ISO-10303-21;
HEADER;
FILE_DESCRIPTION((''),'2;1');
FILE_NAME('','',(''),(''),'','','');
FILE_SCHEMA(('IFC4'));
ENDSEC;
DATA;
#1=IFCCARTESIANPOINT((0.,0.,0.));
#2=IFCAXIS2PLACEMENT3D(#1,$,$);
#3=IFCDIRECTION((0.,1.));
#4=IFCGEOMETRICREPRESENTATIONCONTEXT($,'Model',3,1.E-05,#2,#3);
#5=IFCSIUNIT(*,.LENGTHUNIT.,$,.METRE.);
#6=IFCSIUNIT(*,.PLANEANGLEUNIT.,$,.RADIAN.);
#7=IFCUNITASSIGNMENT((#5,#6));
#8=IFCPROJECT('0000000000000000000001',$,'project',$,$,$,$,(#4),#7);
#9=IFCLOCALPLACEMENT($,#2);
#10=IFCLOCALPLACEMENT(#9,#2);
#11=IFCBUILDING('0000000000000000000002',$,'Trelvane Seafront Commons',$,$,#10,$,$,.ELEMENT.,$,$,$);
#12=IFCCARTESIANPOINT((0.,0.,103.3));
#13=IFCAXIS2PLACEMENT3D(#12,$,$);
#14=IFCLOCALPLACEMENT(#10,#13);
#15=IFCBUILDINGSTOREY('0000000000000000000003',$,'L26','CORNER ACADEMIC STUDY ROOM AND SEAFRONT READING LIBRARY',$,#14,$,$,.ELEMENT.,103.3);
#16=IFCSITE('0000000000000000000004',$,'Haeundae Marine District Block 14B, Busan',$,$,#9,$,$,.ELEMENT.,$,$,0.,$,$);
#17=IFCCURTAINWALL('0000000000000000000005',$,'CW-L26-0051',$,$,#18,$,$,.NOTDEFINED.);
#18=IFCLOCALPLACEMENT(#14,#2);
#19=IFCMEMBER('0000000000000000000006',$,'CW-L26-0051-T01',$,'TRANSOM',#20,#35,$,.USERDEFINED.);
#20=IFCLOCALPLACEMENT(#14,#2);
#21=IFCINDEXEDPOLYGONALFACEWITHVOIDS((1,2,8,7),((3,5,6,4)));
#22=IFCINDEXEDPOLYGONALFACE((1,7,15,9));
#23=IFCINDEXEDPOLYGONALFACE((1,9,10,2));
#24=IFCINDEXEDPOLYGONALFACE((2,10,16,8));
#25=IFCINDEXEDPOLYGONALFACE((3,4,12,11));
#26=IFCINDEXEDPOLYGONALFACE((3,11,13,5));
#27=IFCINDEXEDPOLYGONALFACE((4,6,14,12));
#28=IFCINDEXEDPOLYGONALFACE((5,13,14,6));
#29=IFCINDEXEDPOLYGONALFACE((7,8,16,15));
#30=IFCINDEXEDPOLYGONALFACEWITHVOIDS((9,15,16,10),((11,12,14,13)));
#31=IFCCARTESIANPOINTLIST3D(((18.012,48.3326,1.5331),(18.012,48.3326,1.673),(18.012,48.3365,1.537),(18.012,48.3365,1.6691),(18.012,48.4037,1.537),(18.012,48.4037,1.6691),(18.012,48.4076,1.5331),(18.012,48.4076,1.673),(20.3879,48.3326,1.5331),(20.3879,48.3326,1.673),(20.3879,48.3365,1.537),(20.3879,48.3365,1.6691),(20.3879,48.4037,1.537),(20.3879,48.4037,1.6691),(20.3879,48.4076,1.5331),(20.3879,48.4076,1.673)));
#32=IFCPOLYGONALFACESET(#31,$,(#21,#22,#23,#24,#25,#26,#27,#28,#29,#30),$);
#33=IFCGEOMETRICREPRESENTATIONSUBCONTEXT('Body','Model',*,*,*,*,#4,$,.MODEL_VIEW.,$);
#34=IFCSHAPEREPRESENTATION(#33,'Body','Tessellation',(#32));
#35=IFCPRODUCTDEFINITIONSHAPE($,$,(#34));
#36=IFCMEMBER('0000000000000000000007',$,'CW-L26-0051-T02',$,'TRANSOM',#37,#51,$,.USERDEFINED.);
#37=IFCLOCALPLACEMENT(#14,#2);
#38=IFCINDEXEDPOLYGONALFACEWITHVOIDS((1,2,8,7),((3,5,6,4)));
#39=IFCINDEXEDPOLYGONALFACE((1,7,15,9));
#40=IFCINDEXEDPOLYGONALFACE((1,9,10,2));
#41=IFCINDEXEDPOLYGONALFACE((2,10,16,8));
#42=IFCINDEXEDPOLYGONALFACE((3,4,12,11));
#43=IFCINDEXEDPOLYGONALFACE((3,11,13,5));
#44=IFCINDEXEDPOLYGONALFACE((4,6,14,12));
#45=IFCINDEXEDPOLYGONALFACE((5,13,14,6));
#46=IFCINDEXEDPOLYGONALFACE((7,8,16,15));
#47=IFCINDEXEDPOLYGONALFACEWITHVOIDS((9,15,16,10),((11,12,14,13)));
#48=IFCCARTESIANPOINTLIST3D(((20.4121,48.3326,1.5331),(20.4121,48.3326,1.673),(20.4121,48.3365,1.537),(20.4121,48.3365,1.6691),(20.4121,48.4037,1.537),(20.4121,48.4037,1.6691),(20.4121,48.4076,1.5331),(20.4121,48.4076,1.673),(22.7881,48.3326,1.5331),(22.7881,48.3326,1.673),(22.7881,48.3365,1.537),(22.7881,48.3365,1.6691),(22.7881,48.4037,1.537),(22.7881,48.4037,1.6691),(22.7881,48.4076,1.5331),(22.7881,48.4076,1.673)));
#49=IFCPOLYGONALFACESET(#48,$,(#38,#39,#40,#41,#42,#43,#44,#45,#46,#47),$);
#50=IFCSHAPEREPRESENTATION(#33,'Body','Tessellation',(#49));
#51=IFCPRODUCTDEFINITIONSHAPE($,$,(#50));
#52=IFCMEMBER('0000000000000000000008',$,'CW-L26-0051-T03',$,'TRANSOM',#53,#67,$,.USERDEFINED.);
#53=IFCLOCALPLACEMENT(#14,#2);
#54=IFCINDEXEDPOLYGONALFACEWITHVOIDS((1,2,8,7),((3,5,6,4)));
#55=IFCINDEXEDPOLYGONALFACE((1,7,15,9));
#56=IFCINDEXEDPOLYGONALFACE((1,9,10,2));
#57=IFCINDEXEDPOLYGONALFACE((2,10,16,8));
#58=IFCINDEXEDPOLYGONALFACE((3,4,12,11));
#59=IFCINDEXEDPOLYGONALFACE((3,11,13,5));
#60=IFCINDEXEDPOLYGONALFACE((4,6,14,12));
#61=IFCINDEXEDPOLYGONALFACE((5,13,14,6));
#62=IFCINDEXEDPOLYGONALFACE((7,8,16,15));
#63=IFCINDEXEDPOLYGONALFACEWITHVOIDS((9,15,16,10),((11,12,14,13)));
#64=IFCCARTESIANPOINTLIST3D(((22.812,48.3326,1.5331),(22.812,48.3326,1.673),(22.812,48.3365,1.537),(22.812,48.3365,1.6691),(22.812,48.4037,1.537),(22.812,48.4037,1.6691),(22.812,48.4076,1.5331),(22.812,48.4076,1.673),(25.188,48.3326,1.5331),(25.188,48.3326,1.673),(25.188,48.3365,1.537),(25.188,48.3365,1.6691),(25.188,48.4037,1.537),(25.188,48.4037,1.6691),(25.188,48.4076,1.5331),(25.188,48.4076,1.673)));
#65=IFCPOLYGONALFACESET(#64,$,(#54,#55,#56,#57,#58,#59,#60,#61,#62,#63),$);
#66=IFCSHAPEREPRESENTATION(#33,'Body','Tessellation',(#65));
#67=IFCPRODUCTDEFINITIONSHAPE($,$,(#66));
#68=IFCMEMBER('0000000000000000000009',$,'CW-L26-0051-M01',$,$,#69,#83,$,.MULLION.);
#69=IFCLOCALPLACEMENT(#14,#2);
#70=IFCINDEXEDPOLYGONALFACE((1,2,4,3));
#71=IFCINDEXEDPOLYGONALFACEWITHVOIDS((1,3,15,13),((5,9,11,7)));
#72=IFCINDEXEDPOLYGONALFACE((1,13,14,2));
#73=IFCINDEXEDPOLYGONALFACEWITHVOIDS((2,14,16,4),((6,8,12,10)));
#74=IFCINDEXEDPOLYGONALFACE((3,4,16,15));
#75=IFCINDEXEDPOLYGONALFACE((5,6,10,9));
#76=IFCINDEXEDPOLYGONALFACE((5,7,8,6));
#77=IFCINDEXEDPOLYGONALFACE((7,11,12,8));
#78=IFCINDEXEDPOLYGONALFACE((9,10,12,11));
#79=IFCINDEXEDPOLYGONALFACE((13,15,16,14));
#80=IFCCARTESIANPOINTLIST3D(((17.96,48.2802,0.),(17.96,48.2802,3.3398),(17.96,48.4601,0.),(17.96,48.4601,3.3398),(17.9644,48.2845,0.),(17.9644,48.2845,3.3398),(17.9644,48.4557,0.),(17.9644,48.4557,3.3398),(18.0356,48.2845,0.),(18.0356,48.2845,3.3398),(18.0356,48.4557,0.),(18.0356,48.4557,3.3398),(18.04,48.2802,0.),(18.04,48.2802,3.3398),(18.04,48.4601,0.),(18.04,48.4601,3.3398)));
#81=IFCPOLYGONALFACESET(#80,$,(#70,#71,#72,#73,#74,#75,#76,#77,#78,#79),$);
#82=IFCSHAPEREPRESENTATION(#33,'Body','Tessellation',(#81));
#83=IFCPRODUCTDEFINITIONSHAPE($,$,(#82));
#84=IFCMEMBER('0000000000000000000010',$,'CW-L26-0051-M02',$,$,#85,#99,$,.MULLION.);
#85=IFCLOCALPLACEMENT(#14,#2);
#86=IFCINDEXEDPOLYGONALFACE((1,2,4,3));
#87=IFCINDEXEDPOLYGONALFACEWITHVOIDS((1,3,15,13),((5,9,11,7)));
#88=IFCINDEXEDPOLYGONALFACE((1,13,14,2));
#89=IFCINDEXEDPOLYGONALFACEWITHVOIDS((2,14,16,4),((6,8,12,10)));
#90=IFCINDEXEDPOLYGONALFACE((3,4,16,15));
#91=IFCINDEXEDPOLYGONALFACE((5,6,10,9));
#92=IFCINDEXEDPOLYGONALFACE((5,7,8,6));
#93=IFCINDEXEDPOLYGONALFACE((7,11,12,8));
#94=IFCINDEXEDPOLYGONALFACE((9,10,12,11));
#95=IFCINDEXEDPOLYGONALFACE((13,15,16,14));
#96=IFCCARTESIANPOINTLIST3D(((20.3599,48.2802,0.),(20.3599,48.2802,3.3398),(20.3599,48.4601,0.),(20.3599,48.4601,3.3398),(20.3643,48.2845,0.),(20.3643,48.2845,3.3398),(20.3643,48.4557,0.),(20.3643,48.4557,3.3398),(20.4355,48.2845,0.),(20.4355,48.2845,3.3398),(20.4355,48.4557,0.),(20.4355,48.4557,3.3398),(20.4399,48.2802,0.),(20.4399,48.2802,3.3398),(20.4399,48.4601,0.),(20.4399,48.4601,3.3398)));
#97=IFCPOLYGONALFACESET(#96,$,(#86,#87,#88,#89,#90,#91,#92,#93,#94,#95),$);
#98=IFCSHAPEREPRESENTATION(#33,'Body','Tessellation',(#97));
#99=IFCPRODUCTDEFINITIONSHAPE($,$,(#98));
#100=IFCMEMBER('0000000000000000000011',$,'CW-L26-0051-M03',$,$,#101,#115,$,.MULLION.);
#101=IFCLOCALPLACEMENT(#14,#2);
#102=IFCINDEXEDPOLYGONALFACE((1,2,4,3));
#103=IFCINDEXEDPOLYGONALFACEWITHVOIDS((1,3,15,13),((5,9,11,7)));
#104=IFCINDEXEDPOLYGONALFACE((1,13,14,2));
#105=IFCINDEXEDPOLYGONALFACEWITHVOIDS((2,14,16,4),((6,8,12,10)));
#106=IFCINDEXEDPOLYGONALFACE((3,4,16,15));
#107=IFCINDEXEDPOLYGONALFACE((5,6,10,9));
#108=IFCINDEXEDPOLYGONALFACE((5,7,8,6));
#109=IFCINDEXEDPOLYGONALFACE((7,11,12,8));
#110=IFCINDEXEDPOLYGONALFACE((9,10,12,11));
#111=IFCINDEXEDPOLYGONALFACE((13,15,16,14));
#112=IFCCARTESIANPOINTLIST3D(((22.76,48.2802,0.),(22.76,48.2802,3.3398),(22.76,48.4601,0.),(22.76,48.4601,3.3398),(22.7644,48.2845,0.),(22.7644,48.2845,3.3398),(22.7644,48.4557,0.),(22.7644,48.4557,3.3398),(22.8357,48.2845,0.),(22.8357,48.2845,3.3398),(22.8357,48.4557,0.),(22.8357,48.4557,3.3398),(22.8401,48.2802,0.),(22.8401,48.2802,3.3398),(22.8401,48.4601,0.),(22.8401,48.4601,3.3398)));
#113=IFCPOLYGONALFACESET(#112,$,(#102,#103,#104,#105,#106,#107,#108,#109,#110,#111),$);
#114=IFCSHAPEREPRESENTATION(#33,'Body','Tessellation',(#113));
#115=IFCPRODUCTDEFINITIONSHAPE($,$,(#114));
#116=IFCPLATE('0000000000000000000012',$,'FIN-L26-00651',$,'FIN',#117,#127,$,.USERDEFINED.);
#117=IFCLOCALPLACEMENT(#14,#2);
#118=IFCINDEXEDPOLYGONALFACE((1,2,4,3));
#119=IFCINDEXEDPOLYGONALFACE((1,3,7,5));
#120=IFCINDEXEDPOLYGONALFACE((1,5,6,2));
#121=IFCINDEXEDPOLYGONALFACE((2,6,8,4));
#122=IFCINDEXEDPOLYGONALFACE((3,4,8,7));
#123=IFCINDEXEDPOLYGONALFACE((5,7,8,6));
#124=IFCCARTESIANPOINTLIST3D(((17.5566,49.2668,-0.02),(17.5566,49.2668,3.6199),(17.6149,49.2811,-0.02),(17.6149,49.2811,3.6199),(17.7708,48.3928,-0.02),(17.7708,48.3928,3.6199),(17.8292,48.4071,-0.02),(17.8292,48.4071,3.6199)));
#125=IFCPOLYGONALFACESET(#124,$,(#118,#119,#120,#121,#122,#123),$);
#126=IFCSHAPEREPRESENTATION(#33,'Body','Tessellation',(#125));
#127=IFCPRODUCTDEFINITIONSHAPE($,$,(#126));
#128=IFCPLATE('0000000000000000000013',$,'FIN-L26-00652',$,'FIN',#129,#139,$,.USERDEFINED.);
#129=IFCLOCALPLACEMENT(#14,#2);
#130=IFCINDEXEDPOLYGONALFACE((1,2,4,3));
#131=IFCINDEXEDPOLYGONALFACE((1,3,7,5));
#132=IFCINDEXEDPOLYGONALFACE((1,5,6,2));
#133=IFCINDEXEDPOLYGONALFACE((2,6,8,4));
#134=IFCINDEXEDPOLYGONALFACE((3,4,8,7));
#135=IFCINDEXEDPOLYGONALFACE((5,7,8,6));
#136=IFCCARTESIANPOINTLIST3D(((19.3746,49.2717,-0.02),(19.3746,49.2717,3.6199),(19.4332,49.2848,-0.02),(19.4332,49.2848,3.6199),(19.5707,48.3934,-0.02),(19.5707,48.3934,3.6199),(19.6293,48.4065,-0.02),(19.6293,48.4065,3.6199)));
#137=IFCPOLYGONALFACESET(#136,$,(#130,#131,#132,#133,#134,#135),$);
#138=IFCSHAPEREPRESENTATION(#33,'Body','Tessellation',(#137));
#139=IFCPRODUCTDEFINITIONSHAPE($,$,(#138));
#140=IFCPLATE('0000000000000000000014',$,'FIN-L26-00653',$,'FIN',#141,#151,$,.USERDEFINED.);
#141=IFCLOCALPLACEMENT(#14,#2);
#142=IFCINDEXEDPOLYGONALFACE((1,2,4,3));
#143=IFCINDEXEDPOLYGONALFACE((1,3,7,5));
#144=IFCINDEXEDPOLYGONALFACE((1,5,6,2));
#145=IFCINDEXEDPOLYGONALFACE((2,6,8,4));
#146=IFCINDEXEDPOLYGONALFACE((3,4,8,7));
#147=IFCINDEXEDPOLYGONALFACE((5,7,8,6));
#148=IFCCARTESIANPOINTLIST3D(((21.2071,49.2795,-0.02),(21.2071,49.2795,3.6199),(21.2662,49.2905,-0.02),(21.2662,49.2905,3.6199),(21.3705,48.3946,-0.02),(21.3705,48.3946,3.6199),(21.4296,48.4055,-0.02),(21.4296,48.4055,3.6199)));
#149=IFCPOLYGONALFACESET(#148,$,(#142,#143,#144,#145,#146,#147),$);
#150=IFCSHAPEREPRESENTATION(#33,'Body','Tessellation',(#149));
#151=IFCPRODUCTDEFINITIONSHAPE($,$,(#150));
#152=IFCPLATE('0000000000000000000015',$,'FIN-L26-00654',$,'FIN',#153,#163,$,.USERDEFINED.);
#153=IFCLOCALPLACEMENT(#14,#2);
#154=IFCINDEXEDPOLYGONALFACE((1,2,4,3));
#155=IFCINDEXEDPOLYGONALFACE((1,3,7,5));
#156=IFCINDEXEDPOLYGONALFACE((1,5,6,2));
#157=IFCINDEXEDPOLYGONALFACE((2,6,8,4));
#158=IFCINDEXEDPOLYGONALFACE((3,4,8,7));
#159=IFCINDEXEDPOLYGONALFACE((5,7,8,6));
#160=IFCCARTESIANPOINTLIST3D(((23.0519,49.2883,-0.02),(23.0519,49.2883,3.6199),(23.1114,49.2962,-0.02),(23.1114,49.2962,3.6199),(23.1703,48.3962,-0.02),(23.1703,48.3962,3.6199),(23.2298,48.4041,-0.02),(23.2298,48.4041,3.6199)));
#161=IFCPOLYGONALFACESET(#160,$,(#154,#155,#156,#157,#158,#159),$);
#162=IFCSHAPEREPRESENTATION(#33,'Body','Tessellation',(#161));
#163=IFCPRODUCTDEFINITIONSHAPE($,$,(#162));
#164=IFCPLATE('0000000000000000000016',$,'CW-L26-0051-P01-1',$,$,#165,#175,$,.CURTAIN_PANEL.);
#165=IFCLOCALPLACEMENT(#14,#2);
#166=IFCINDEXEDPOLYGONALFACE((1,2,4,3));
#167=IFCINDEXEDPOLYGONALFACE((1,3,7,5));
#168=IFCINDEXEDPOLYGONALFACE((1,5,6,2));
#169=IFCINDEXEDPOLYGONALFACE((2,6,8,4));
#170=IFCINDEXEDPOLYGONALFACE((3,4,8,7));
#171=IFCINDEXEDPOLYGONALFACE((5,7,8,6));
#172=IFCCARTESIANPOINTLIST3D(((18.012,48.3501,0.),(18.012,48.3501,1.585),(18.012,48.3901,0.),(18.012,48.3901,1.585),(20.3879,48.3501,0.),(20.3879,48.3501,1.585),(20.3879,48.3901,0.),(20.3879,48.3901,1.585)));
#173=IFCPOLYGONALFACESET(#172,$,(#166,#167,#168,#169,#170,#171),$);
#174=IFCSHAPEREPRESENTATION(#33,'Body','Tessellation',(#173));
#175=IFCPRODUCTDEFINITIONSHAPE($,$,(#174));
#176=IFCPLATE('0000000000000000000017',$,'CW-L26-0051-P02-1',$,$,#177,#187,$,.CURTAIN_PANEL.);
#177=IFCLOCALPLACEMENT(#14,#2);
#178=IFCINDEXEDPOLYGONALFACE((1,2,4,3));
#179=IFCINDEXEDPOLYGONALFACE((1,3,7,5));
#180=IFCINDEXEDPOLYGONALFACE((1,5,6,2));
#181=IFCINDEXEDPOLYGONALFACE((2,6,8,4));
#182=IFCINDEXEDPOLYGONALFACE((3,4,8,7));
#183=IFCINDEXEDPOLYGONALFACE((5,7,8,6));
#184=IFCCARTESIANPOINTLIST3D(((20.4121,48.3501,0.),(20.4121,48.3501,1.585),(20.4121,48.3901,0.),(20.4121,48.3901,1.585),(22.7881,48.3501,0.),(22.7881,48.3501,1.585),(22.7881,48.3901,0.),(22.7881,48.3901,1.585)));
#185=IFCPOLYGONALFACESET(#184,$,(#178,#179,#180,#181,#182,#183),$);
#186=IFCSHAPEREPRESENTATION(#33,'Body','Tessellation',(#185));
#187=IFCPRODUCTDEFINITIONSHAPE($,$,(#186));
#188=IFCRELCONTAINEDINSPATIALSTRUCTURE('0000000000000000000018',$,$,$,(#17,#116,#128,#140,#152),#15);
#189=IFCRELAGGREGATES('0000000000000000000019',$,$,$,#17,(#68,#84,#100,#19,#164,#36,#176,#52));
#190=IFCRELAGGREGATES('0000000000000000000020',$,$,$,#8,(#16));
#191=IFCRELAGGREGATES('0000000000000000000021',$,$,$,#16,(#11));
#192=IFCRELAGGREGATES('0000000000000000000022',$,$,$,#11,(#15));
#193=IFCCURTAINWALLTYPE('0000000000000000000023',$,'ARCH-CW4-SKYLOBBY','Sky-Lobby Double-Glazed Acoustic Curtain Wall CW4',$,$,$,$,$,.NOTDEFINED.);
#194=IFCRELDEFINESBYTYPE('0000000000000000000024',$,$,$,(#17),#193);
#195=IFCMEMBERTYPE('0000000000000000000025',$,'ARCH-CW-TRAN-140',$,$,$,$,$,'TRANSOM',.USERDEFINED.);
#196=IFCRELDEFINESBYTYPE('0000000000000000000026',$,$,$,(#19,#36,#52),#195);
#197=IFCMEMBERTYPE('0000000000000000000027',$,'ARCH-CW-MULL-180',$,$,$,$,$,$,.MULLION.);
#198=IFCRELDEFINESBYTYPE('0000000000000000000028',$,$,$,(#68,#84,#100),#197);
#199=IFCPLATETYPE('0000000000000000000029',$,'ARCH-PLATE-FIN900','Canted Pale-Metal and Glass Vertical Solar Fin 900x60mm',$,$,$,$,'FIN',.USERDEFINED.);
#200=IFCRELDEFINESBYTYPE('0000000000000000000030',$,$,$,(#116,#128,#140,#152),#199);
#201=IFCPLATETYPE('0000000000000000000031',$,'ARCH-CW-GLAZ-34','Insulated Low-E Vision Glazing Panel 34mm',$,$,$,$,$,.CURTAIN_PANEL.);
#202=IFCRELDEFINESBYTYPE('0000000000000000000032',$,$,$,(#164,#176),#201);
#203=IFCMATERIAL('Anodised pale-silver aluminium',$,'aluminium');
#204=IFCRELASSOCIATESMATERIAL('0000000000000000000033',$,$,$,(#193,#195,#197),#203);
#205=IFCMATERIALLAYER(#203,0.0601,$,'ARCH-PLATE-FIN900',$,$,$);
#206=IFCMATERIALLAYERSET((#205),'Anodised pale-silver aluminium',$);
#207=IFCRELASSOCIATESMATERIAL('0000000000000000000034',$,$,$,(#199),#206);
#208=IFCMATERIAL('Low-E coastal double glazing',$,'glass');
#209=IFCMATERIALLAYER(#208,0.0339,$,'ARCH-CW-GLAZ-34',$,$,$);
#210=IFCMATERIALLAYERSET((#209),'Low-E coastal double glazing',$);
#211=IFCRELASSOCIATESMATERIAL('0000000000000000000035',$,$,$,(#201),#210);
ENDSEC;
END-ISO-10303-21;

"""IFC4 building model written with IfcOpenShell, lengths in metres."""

from ifc_helpers import new_model, si_unit, direction, frame, origin, origin_2d, place, context, subcontext, project, spatial, rectangle, hollow_rectangle, extrude, source, transform, mapped, material, layer, layer_set, material_profile, profile_set, type_object, element, aggregate, save


model = new_model("IFC4")

# Units and contexts
model_context = context("Model", 3, precision=1e-05, world=origin(), true_north=direction((0.0, 1.0)))
body_context = subcontext(model_context, "Body", "Model", "MODEL_VIEW")
ifc_project = project(units=[si_unit("LENGTHUNIT", "METRE"), si_unit("PLANEANGLEUNIT", "RADIAN")], contexts=[model_context])

# Site, building, storey
site_placement = place(None, origin())
site = spatial("IfcSite", under=ifc_project, at=site_placement, Name="Haeundae Marine District Block 14B, Busan", CompositionType="ELEMENT", RefElevation=0.0)
building_placement = place(site_placement, origin())
building = spatial("IfcBuilding", under=site, at=building_placement, Name="Trelvane Seafront Commons", CompositionType="ELEMENT")
storey_placement = place(building_placement, frame((0.0, 0.0, 103.3)))
storey = spatial("IfcBuildingStorey", under=building, at=storey_placement, Name="L26", Description="CORNER ACADEMIC STUDY ROOM AND SEAFRONT READING LIBRARY", CompositionType="ELEMENT", Elevation=103.3)

# Curtain wall, members
ifc_material_1 = material(Name="Anodised pale-silver aluminium", Category="aluminium")
curtain_wall_type = type_object("IfcCurtainWallType", Name="ARCH-CW4-SKYLOBBY", Description="Sky-Lobby Double-Glazed Acoustic Curtain Wall CW4", PredefinedType="NOTDEFINED", material=ifc_material_1)
curtain_wall_placement = place(storey_placement, origin())
curtain_wall = element("IfcCurtainWall", 1, at=curtain_wall_placement, inside=storey, type_object=curtain_wall_type, Name="CW-L26-0051", PredefinedType="NOTDEFINED")
ifc_material_profile_1 = material_profile(ifc_material_1, hollow_rectangle(XDim=0.075, YDim=0.1399, WallThickness=0.0039, at=origin_2d()), Name="TRAN-75x140x4")
ifc_profile_set_1 = profile_set([ifc_material_profile_1], Name="Anodised pale-silver aluminium")
member_type_1 = type_object("IfcMemberType", Name="ARCH-CW-TRAN-140", ElementType="TRANSOM", PredefinedType="USERDEFINED", material=ifc_profile_set_1)
shared_shape_1 = source(origin(), body_context, "Body", "SweptSolid", [
    extrude(hollow_rectangle(XDim=0.075, YDim=0.1399, WallThickness=0.0039, at=origin_2d()), origin(), (0.0, 0.0, 1.0), 2.376),
])
member_1_placement = place(storey_placement, frame((18.012, 48.3701, 1.603), z_axis=(1.0, 0.0, 0.0), x_axis=(0.0, 1.0, 0.0)))
member_1 = element("IfcMember", 2, at=member_1_placement, type_object=member_type_1, Name="CW-L26-0051-T01", ObjectType="TRANSOM", PredefinedType="USERDEFINED", context=body_context, shape_type="MappedRepresentation", body=[
    mapped(shared_shape_1, transform((0.0, 0.0, 0.0), x_axis=(1.0, 0.0, 0.0), y_axis=(0.0, 1.0, 0.0), z_axis=(0.0, 0.0, 1.0), scale=1.0)),
])
member_2_placement = place(storey_placement, frame((20.4121, 48.3701, 1.603), z_axis=(1.0, 0.0, 0.0), x_axis=(0.0, 1.0, 0.0)))
member_2 = element("IfcMember", 3, at=member_2_placement, type_object=member_type_1, Name="CW-L26-0051-T02", ObjectType="TRANSOM", PredefinedType="USERDEFINED", context=body_context, shape_type="MappedRepresentation", body=[
    mapped(shared_shape_1, transform((0.0, 0.0, 0.0), x_axis=(1.0, 0.0, 0.0), y_axis=(0.0, 1.0, 0.0), z_axis=(0.0, 0.0, 1.0), scale=1.0)),
])
member_3_placement = place(storey_placement, frame((22.812, 48.3701, 1.603), z_axis=(1.0, 0.0, 0.0), x_axis=(0.0, 1.0, 0.0)))
member_3 = element("IfcMember", 4, at=member_3_placement, type_object=member_type_1, Name="CW-L26-0051-T03", ObjectType="TRANSOM", PredefinedType="USERDEFINED", context=body_context, shape_type="MappedRepresentation", body=[
    mapped(shared_shape_1, transform((0.0, 0.0, 0.0), x_axis=(1.0, 0.0, 0.0), y_axis=(0.0, 1.0, 0.0), z_axis=(0.0, 0.0, 1.0), scale=1.0)),
])
ifc_material_profile_2 = material_profile(ifc_material_1, hollow_rectangle(XDim=0.0801, YDim=0.1799, WallThickness=0.0044, at=origin_2d()), Name="MULL-80x180x4.5")
ifc_profile_set_2 = profile_set([ifc_material_profile_2], Name="Anodised pale-silver aluminium")
member_type_2 = type_object("IfcMemberType", Name="ARCH-CW-MULL-180", PredefinedType="MULLION", material=ifc_profile_set_2)
shared_shape_2 = source(origin(), body_context, "Body", "SweptSolid", [
    extrude(hollow_rectangle(XDim=0.0801, YDim=0.1799, WallThickness=0.0044, at=origin_2d()), origin(), (0.0, 0.0, 1.0), 3.3398),
])
member_4_placement = place(storey_placement, frame((18.0, 48.3701, 0.0), z_axis=(0.0, 0.0, 1.0), x_axis=(1.0, 0.0, 0.0)))
member_4 = element("IfcMember", 5, at=member_4_placement, type_object=member_type_2, Name="CW-L26-0051-M01", PredefinedType="MULLION", context=body_context, shape_type="MappedRepresentation", body=[
    mapped(shared_shape_2, transform((0.0, 0.0, 0.0), x_axis=(1.0, 0.0, 0.0), y_axis=(0.0, 1.0, 0.0), z_axis=(0.0, 0.0, 1.0), scale=1.0)),
])
member_5_placement = place(storey_placement, frame((20.3999, 48.3701, 0.0), z_axis=(0.0, 0.0, 1.0), x_axis=(1.0, 0.0, 0.0)))
member_5 = element("IfcMember", 6, at=member_5_placement, type_object=member_type_2, Name="CW-L26-0051-M02", PredefinedType="MULLION", context=body_context, shape_type="MappedRepresentation", body=[
    mapped(shared_shape_2, transform((0.0, 0.0, 0.0), x_axis=(1.0, 0.0, 0.0), y_axis=(0.0, 1.0, 0.0), z_axis=(0.0, 0.0, 1.0), scale=1.0)),
])
member_6_placement = place(storey_placement, frame((22.8, 48.3701, 0.0), z_axis=(0.0, 0.0, 1.0), x_axis=(1.0, 0.0, 0.0)))
member_6 = element("IfcMember", 7, at=member_6_placement, type_object=member_type_2, Name="CW-L26-0051-M03", PredefinedType="MULLION", context=body_context, shape_type="MappedRepresentation", body=[
    mapped(shared_shape_2, transform((0.0, 0.0, 0.0), x_axis=(1.0, 0.0, 0.0), y_axis=(0.0, 1.0, 0.0), z_axis=(0.0, 0.0, 1.0), scale=1.0)),
])

# Plates
ifc_layer_1 = layer(ifc_material_1, 0.0601, Name="ARCH-PLATE-FIN900")
ifc_layer_set_1 = layer_set([ifc_layer_1], Name="Anodised pale-silver aluminium")
plate_type_1 = type_object("IfcPlateType", Name="ARCH-PLATE-FIN900", Description="Canted Pale-Metal and Glass Vertical Solar Fin 900x60mm", ElementType="FIN", PredefinedType="USERDEFINED", material=ifc_layer_set_1)
shared_shape_3 = source(origin(), body_context, "Body", "SweptSolid", [
    extrude(rectangle(XDim=0.8999, YDim=0.0601, at=origin_2d()), origin(), (0.0, 0.0, 1.0), 3.6399),
])
for number, where, z_axis, x_axis, name in (
    (8, (17.6929, 48.8369, -0.02), (0.0, 0.0, 1.0), (-0.238115, 0.971237, 0.0), "FIN-L26-00651"),
    (9, (19.502, 48.8391, -0.02), (0.0, 0.0, 1.0), (-0.217883, 0.975975, 0.0), "FIN-L26-00652"),
    (10, (21.3184, 48.8425, -0.02), (0.0, 0.0, 1.0), (-0.181564, 0.983379, 0.0), "FIN-L26-00653"),
    (11, (23.1409, 48.8462, -0.02), (0.0, 0.0, 1.0), (-0.131552, 0.991309, 0.0), "FIN-L26-00654"),
):
    element("IfcPlate", number, at=place(storey_placement, frame(where, z_axis=z_axis, x_axis=x_axis)), inside=storey, type_object=plate_type_1, Name=name, ObjectType="FIN", PredefinedType="USERDEFINED", context=body_context, shape_type="MappedRepresentation", body=[
        mapped(shared_shape_3, transform((0.0, 0.0, 0.0), x_axis=(1.0, 0.0, 0.0), y_axis=(0.0, 1.0, 0.0), z_axis=(0.0, 0.0, 1.0), scale=1.0)),
    ])

# Plates
ifc_material_2 = material(Name="Low-E coastal double glazing", Category="glass")
ifc_layer_2 = layer(ifc_material_2, 0.0339, Name="ARCH-CW-GLAZ-34")
ifc_layer_set_2 = layer_set([ifc_layer_2], Name="Low-E coastal double glazing")
plate_type_2 = type_object("IfcPlateType", Name="ARCH-CW-GLAZ-34", Description="Insulated Low-E Vision Glazing Panel 34mm", PredefinedType="CURTAIN_PANEL", material=ifc_layer_set_2)
shared_shape_4 = source(origin(), body_context, "Body", "SweptSolid", [
    extrude(rectangle(XDim=2.376, YDim=0.04, at=origin_2d()), origin(), (0.0, 0.0, 1.0), 1.585),
])
plate_1_placement = place(storey_placement, frame((19.2, 48.3701, 0.0), z_axis=(0.0, 0.0, 1.0), x_axis=(1.0, 0.0, 0.0)))
plate_1 = element("IfcPlate", 12, at=plate_1_placement, type_object=plate_type_2, Name="CW-L26-0051-P01-1", PredefinedType="CURTAIN_PANEL", context=body_context, shape_type="MappedRepresentation", body=[
    mapped(shared_shape_4, transform((0.0, 0.0, 0.0), x_axis=(1.0, 0.0, 0.0), y_axis=(0.0, 1.0, 0.0), z_axis=(0.0, 0.0, 1.0), scale=1.0)),
])
plate_2_placement = place(storey_placement, frame((21.6001, 48.3701, 0.0), z_axis=(0.0, 0.0, 1.0), x_axis=(1.0, 0.0, 0.0)))
plate_2 = element("IfcPlate", 13, at=plate_2_placement, type_object=plate_type_2, Name="CW-L26-0051-P02-1", PredefinedType="CURTAIN_PANEL", context=body_context, shape_type="MappedRepresentation", body=[
    mapped(shared_shape_4, transform((0.0, 0.0, 0.0), x_axis=(1.0, 0.0, 0.0), y_axis=(0.0, 1.0, 0.0), z_axis=(0.0, 0.0, 1.0), scale=1.0)),
])
aggregate(curtain_wall, [member_4, member_5, member_6, member_1, plate_1, member_2, plate_2, member_3])

save(model, "model.ifc")
